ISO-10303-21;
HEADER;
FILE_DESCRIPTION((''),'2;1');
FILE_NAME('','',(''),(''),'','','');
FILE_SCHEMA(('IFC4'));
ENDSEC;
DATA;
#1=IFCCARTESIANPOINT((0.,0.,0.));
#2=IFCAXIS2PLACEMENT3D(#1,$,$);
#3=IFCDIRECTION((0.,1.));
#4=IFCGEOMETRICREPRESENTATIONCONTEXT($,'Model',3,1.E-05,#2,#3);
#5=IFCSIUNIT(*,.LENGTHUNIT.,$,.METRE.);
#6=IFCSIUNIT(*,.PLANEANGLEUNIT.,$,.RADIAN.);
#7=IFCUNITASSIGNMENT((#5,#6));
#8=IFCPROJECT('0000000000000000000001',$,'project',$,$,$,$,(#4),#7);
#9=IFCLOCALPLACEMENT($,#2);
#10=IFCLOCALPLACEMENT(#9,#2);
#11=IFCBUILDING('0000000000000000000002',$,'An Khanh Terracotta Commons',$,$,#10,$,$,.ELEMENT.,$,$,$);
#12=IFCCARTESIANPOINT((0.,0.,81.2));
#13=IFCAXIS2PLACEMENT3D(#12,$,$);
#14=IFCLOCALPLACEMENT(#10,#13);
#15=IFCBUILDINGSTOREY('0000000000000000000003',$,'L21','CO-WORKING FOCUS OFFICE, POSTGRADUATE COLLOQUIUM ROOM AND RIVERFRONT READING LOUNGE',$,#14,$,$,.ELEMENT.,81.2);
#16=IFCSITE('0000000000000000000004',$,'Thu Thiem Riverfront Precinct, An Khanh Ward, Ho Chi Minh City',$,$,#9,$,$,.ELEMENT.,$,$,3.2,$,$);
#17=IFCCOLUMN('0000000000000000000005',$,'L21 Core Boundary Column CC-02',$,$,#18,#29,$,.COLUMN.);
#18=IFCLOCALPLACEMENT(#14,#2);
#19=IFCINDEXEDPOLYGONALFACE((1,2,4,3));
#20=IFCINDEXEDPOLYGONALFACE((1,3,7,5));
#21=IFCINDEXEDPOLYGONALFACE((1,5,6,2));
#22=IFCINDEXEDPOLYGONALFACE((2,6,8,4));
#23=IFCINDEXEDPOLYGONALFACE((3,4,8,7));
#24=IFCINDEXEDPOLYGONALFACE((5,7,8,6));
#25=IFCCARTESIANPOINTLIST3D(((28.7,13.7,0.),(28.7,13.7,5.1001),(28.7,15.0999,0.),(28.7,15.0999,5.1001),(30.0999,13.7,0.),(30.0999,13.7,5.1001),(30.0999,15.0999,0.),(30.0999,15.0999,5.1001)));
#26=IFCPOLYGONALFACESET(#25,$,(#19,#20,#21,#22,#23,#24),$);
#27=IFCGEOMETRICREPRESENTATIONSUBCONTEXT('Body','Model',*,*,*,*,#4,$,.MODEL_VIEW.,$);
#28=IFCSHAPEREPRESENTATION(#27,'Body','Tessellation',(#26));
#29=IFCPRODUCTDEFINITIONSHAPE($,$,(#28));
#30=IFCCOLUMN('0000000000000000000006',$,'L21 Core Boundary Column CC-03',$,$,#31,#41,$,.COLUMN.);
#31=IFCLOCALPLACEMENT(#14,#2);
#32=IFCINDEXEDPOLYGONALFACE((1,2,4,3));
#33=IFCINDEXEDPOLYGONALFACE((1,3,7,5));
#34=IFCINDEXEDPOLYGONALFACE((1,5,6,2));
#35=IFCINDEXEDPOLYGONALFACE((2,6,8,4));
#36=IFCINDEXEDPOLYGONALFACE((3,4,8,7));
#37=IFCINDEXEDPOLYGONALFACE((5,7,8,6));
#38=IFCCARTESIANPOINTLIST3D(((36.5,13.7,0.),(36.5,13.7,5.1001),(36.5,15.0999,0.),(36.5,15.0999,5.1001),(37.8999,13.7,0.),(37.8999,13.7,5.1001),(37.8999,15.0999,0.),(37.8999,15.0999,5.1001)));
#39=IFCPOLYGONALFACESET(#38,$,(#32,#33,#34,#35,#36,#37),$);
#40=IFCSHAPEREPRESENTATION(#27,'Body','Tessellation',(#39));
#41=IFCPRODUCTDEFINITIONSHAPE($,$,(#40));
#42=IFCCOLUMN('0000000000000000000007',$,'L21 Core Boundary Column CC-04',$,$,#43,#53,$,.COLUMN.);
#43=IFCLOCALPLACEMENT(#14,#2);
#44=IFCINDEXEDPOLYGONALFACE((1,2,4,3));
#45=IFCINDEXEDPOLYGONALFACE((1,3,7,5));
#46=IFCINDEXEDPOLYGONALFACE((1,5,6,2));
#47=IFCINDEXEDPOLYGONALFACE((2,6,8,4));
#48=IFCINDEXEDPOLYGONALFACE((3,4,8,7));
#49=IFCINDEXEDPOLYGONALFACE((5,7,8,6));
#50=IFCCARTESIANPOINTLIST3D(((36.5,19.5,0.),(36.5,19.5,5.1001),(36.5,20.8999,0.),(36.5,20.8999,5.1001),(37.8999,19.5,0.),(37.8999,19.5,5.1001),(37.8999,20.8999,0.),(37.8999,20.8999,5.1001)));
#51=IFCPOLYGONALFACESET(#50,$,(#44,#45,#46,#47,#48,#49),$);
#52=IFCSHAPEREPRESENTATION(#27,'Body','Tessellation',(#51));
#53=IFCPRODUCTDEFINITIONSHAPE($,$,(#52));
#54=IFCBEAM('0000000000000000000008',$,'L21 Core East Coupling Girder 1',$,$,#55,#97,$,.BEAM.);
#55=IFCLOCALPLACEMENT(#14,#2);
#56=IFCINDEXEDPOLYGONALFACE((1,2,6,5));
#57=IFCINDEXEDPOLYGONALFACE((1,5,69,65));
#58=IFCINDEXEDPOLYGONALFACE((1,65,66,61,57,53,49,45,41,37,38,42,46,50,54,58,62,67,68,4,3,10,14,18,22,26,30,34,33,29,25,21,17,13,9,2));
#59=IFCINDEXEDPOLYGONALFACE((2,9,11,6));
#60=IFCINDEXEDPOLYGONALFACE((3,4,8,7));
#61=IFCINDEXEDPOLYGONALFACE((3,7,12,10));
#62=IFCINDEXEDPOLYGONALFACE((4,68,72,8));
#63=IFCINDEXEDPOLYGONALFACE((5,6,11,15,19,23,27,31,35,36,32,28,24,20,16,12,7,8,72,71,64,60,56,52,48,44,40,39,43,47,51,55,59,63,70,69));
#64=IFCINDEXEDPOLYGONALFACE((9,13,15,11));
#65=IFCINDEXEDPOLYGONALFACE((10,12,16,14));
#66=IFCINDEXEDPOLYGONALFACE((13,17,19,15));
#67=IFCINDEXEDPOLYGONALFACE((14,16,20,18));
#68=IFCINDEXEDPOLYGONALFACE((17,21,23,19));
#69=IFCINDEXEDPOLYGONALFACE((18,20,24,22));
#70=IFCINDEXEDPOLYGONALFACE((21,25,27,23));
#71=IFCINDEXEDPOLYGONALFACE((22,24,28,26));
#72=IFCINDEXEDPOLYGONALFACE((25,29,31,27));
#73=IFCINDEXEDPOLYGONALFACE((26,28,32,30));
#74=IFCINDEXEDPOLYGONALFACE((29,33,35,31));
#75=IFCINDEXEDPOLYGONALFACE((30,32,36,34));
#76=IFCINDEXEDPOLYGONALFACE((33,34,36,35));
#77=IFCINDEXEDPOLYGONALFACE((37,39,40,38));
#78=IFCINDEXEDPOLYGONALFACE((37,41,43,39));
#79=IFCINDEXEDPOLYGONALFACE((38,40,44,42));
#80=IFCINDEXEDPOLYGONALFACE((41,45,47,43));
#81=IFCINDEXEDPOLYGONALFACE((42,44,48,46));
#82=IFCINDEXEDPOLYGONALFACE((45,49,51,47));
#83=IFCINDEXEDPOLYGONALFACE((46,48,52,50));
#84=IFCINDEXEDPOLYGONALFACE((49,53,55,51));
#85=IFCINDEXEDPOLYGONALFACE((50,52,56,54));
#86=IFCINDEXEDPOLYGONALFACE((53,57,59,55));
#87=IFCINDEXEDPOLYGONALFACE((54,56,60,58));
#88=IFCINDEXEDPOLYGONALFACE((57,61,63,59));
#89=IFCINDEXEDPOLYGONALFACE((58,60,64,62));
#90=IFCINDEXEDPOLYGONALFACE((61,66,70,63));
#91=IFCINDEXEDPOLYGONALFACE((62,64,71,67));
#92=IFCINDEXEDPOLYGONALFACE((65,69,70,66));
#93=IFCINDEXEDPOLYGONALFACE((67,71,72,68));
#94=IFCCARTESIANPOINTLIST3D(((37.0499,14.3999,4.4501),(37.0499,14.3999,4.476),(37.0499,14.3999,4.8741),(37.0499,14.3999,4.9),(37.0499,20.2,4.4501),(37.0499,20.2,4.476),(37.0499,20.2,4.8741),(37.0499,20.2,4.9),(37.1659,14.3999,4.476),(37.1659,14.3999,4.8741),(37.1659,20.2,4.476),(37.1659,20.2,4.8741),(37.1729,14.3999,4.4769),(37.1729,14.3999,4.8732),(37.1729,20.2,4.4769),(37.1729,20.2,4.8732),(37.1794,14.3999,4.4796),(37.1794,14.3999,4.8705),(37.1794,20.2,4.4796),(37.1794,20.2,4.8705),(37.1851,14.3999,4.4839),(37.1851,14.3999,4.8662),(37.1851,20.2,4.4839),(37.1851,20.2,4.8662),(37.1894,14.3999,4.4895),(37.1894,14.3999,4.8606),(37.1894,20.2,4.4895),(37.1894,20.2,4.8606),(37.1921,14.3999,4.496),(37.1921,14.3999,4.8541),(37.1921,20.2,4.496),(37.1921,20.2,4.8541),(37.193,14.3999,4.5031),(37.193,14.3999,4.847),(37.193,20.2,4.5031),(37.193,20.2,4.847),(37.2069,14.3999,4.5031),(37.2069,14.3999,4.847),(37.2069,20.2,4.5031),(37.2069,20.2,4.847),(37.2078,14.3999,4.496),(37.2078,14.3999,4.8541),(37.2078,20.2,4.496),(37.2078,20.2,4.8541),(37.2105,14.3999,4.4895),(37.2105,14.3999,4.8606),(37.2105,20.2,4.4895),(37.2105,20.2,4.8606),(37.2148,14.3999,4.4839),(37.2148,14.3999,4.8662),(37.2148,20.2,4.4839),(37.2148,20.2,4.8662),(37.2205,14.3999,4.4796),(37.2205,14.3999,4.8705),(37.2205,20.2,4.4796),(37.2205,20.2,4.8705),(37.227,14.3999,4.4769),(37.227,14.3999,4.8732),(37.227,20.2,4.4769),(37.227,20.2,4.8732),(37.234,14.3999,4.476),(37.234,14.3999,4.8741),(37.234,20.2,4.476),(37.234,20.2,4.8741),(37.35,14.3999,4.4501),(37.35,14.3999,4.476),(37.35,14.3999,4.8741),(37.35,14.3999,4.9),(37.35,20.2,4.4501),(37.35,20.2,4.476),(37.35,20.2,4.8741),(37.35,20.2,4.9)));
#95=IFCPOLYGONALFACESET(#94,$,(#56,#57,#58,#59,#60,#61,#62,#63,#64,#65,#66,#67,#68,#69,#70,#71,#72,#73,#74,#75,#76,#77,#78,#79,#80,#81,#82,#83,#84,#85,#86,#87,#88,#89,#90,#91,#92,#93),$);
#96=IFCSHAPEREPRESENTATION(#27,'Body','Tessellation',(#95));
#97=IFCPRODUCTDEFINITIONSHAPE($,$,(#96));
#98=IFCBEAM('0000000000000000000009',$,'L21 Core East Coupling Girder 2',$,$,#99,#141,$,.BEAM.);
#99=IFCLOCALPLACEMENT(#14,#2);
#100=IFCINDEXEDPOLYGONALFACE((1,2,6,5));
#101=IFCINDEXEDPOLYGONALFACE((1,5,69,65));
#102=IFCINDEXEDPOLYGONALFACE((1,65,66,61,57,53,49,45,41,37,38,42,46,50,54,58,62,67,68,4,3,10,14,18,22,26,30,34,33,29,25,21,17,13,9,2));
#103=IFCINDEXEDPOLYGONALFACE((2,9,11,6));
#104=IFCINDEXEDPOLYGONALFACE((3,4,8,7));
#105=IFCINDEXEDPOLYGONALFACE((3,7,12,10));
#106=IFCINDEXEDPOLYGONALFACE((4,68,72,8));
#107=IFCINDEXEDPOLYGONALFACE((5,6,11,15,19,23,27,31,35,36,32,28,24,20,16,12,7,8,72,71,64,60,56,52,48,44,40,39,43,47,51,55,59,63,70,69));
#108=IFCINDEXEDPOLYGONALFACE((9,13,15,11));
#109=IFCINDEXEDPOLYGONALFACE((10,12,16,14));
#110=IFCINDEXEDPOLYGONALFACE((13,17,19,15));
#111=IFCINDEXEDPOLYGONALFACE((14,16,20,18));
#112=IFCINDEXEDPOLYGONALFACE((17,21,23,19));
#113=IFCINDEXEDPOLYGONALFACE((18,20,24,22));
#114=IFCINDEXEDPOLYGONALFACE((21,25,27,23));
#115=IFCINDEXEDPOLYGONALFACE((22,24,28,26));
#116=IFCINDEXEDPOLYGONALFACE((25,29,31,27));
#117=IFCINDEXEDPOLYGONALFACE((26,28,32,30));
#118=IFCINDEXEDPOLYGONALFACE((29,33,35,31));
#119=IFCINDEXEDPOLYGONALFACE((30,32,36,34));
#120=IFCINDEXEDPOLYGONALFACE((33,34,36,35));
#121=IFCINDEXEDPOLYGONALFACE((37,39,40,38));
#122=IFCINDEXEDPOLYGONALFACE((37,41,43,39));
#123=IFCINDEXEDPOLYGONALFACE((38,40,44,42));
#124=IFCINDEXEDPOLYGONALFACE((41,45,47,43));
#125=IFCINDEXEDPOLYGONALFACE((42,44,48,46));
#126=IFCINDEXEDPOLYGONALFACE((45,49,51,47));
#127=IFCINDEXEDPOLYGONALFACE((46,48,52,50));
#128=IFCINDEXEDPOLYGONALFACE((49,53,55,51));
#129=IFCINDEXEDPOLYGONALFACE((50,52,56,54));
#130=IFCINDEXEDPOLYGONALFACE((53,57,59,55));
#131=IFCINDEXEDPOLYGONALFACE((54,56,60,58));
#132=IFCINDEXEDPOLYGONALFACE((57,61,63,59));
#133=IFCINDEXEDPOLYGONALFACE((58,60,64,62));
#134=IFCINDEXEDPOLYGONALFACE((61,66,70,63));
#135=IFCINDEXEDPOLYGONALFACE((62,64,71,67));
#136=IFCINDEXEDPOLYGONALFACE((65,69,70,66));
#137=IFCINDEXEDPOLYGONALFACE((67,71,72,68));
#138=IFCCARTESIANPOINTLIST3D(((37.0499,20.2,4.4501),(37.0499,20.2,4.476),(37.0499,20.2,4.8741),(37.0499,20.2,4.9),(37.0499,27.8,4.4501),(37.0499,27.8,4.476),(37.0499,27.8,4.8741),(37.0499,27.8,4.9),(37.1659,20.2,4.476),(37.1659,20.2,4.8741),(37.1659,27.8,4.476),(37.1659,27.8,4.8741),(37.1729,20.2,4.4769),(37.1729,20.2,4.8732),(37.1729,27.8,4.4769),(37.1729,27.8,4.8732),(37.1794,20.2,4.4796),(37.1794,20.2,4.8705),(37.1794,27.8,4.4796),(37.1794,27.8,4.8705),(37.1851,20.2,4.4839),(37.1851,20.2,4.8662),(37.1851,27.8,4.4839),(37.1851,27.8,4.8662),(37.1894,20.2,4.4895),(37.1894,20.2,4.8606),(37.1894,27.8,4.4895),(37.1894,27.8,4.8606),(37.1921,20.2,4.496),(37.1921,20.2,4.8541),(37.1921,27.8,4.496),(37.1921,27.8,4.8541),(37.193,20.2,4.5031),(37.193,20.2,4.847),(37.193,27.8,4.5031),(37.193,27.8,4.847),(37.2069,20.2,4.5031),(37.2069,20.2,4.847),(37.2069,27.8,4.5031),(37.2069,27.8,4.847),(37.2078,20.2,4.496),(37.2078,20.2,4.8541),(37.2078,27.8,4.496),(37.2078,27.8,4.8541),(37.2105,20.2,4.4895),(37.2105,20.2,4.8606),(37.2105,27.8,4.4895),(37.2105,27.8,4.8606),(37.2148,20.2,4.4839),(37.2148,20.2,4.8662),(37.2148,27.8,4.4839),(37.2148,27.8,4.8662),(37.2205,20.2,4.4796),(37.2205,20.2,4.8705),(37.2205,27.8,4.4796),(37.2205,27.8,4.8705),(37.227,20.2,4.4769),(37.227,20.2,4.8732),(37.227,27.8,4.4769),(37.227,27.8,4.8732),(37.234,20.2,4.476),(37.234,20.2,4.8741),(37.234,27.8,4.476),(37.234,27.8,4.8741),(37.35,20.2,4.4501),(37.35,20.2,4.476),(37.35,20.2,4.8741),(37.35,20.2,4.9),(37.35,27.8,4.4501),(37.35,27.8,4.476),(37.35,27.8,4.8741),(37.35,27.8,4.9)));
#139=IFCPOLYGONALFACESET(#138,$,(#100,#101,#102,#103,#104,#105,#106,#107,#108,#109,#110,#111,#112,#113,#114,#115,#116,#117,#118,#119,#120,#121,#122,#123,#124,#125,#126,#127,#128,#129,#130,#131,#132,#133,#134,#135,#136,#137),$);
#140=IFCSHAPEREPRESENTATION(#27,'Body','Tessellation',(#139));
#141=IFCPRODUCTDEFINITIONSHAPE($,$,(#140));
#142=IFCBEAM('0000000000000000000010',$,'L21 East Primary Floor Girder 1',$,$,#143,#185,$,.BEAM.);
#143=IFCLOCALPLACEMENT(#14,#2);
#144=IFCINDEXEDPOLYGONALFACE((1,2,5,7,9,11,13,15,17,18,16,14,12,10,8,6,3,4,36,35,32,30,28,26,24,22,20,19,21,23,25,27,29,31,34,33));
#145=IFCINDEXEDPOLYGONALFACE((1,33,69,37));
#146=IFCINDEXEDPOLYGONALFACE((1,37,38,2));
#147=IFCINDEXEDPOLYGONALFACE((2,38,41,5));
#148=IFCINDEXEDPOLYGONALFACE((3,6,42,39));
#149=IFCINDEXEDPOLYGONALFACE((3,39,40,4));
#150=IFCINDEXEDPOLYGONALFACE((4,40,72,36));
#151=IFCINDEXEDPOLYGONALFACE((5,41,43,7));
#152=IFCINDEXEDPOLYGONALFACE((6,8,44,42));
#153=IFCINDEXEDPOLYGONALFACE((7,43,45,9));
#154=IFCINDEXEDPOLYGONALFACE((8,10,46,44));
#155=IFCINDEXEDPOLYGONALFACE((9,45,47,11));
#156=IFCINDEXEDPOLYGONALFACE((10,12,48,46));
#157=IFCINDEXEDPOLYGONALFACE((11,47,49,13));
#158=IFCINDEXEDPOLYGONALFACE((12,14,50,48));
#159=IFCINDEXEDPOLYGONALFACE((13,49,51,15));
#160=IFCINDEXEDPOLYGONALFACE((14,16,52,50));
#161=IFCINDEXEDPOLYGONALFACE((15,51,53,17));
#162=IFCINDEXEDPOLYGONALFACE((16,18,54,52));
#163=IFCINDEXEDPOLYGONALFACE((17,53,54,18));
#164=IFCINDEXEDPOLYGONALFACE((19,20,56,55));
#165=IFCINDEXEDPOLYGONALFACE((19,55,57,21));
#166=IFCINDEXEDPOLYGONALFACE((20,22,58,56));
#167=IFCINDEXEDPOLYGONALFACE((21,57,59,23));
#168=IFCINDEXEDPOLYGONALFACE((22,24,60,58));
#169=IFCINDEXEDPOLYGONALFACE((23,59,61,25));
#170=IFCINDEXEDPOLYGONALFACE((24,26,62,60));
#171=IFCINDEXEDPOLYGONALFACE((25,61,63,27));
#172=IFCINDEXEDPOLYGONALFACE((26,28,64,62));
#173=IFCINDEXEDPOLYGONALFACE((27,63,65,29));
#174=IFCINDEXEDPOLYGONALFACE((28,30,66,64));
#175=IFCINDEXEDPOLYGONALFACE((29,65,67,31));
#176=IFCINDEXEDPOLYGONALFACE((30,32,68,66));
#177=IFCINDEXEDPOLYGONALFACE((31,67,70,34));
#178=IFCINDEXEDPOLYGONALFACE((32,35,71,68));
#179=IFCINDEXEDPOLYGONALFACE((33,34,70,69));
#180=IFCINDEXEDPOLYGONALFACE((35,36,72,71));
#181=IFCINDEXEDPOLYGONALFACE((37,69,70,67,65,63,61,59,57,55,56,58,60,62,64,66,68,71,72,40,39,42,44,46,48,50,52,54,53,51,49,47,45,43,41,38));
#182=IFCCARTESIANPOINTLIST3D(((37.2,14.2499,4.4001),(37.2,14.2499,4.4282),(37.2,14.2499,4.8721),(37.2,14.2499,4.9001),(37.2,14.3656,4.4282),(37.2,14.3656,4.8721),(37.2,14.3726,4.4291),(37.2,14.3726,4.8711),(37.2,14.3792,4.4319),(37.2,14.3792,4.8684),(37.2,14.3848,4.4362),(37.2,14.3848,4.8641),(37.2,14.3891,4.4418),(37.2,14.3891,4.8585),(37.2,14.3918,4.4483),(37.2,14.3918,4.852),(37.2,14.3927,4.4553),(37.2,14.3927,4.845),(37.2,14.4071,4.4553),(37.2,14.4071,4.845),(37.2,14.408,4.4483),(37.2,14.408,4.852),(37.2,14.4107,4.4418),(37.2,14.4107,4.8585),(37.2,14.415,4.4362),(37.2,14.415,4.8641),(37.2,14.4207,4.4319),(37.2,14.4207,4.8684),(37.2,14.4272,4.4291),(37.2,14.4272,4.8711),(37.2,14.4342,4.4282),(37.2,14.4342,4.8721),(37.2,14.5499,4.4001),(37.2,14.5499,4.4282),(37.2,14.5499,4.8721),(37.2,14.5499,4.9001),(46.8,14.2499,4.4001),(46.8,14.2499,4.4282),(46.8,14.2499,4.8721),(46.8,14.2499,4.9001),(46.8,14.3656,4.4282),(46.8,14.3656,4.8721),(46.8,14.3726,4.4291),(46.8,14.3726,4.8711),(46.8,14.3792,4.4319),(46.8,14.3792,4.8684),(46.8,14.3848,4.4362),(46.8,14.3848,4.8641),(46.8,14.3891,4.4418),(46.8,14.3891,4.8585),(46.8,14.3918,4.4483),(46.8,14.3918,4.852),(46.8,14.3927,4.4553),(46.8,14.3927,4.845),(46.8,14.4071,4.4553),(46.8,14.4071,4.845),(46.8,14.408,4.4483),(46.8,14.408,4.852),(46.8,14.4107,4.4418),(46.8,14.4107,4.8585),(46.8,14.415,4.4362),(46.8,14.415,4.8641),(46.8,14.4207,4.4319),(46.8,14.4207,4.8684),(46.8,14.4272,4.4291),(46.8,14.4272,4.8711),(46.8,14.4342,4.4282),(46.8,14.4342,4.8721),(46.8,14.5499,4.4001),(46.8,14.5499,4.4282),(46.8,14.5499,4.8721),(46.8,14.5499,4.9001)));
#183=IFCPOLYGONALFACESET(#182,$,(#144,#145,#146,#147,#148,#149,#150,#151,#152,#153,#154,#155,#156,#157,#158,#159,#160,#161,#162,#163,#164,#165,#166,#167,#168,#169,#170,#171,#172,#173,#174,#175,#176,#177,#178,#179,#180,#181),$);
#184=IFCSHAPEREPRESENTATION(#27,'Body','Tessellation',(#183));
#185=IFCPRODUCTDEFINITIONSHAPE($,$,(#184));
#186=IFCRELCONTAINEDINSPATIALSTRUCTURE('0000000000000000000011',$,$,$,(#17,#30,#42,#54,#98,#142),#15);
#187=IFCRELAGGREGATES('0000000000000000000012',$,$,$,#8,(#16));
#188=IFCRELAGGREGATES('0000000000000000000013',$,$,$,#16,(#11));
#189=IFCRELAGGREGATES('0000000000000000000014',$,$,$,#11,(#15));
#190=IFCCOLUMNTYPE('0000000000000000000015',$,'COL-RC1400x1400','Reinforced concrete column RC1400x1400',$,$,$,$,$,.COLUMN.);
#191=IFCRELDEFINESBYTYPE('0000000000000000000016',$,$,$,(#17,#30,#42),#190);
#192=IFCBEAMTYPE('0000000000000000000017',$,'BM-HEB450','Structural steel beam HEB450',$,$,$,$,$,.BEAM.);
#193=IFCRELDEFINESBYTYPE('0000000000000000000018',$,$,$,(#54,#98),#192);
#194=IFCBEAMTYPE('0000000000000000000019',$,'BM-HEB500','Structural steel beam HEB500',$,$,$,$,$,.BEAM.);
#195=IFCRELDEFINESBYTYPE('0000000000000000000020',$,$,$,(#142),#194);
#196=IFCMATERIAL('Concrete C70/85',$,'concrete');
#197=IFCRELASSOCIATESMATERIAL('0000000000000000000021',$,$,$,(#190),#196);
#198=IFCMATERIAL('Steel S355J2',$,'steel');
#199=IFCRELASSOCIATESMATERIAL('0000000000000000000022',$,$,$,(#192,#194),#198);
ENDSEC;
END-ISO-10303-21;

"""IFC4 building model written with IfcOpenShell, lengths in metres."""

from ifc_helpers import new_model, si_unit, direction, frame, origin, origin_2d, place, context, subcontext, project, spatial, rectangle, i_section, extrude, material, material_profile, profile_set, type_object, element, save


model = new_model("IFC4")

# Units and contexts
model_context = context("Model", 3, precision=1e-05, world=origin(), true_north=direction((0.0, 1.0)))
body_context = subcontext(model_context, "Body", "Model", "MODEL_VIEW")
ifc_project = project(units=[si_unit("LENGTHUNIT", "METRE"), si_unit("PLANEANGLEUNIT", "RADIAN")], contexts=[model_context])

# Site, building, storey
site_placement = place(None, origin())
site = spatial("IfcSite", under=ifc_project, at=site_placement, Name="Thu Thiem Riverfront Precinct, An Khanh Ward, Ho Chi Minh City", CompositionType="ELEMENT", RefElevation=3.2)
building_placement = place(site_placement, origin())
building = spatial("IfcBuilding", under=site, at=building_placement, Name="An Khanh Terracotta Commons", CompositionType="ELEMENT")
storey_placement = place(building_placement, frame((0.0, 0.0, 81.2)))
storey = spatial("IfcBuildingStorey", under=building, at=storey_placement, Name="L21", Description="CO-WORKING FOCUS OFFICE, POSTGRADUATE COLLOQUIUM ROOM AND RIVERFRONT READING LOUNGE", CompositionType="ELEMENT", Elevation=81.2)

# Columns
ifc_material_1 = material(Name="Concrete C70/85", Category="concrete")
ifc_material_profile_1 = material_profile(ifc_material_1, rectangle(XDim=1.3999, YDim=1.3999, at=origin_2d()), Name="RC1400x1400")
ifc_profile_set_1 = profile_set([ifc_material_profile_1], Name="Concrete C70/85")
column_type = type_object("IfcColumnType", Name="COL-RC1400x1400", Description="Reinforced concrete column RC1400x1400", PredefinedType="COLUMN", material=ifc_profile_set_1)
for number, where, z_axis, x_axis, name in (
    (1, (29.3999, 14.3999, 0.0), (0.0, 0.0, 1.0), (1.0, 0.0, 0.0), "L21 Core Boundary Column CC-02"),
    (2, (37.2, 14.3999, 0.0), (0.0, 0.0, 1.0), (1.0, 0.0, 0.0), "L21 Core Boundary Column CC-03"),
    (3, (37.2, 20.2, 0.0), (0.0, 0.0, 1.0), (1.0, 0.0, 0.0), "L21 Core Boundary Column CC-04"),
):
    element("IfcColumn", number, at=place(storey_placement, frame(where, z_axis=z_axis, x_axis=x_axis)), inside=storey, type_object=column_type, Name=name, PredefinedType="COLUMN", context=body_context, shape_type="SweptSolid", body=[
        extrude(rectangle(XDim=1.3999, YDim=1.3999, at=origin_2d()), origin(), (0.0, 0.0, 1.0), 5.1001),
    ])

# Beams
ifc_material_2 = material(Name="Steel S355J2", Category="steel")
ifc_material_profile_2 = material_profile(ifc_material_2, i_section(OverallWidth=0.3, OverallDepth=0.45, WebThickness=0.0139, FlangeThickness=0.0259, FilletRadius=0.0271, at=origin_2d()), Name="HEB450")
ifc_profile_set_2 = profile_set([ifc_material_profile_2], Name="Steel S355J2")
beam_type_1 = type_object("IfcBeamType", Name="BM-HEB450", Description="Structural steel beam HEB450", PredefinedType="BEAM", material=ifc_profile_set_2)
beam_1_placement = place(storey_placement, frame((37.2, 14.3999, 4.675), z_axis=(0.0, 1.0, 0.0), x_axis=(-1.0, 0.0, 0.0)))
element("IfcBeam", 4, at=beam_1_placement, inside=storey, type_object=beam_type_1, Name="L21 Core East Coupling Girder 1", PredefinedType="BEAM", context=body_context, shape_type="SweptSolid", body=[
    extrude(i_section(OverallWidth=0.3, OverallDepth=0.45, WebThickness=0.0139, FlangeThickness=0.0259, FilletRadius=0.0271, at=origin_2d()), origin(), (0.0, 0.0, 1.0), 5.8),
])
beam_2_placement = place(storey_placement, frame((37.2, 20.2, 4.675), z_axis=(0.0, 1.0, 0.0), x_axis=(-1.0, 0.0, 0.0)))
element("IfcBeam", 5, at=beam_2_placement, inside=storey, type_object=beam_type_1, Name="L21 Core East Coupling Girder 2", PredefinedType="BEAM", context=body_context, shape_type="SweptSolid", body=[
    extrude(i_section(OverallWidth=0.3, OverallDepth=0.45, WebThickness=0.0139, FlangeThickness=0.0259, FilletRadius=0.0271, at=origin_2d()), origin(), (0.0, 0.0, 1.0), 7.6001),
])
ifc_material_profile_3 = material_profile(ifc_material_2, i_section(OverallWidth=0.3, OverallDepth=0.5, WebThickness=0.0144, FlangeThickness=0.0281, FilletRadius=0.0271, at=origin_2d()), Name="HEB500")
ifc_profile_set_3 = profile_set([ifc_material_profile_3], Name="Steel S355J2")
beam_type_2 = type_object("IfcBeamType", Name="BM-HEB500", Description="Structural steel beam HEB500", PredefinedType="BEAM", material=ifc_profile_set_3)
for number, where, z_axis, x_axis, name in (
    (6, (37.2, 14.3999, 4.6501), (1.0, 0.0, 0.0), (0.0, 1.0, 0.0), "L21 East Primary Floor Girder 1"),
):
    element("IfcBeam", number, at=place(storey_placement, frame(where, z_axis=z_axis, x_axis=x_axis)), inside=storey, type_object=beam_type_2, Name=name, PredefinedType="BEAM", context=body_context, shape_type="SweptSolid", body=[
        extrude(i_section(OverallWidth=0.3, OverallDepth=0.5, WebThickness=0.0144, FlangeThickness=0.0281, FilletRadius=0.0271, at=origin_2d()), origin(), (0.0, 0.0, 1.0), 9.6001),
    ])

save(model, "model.ifc")
